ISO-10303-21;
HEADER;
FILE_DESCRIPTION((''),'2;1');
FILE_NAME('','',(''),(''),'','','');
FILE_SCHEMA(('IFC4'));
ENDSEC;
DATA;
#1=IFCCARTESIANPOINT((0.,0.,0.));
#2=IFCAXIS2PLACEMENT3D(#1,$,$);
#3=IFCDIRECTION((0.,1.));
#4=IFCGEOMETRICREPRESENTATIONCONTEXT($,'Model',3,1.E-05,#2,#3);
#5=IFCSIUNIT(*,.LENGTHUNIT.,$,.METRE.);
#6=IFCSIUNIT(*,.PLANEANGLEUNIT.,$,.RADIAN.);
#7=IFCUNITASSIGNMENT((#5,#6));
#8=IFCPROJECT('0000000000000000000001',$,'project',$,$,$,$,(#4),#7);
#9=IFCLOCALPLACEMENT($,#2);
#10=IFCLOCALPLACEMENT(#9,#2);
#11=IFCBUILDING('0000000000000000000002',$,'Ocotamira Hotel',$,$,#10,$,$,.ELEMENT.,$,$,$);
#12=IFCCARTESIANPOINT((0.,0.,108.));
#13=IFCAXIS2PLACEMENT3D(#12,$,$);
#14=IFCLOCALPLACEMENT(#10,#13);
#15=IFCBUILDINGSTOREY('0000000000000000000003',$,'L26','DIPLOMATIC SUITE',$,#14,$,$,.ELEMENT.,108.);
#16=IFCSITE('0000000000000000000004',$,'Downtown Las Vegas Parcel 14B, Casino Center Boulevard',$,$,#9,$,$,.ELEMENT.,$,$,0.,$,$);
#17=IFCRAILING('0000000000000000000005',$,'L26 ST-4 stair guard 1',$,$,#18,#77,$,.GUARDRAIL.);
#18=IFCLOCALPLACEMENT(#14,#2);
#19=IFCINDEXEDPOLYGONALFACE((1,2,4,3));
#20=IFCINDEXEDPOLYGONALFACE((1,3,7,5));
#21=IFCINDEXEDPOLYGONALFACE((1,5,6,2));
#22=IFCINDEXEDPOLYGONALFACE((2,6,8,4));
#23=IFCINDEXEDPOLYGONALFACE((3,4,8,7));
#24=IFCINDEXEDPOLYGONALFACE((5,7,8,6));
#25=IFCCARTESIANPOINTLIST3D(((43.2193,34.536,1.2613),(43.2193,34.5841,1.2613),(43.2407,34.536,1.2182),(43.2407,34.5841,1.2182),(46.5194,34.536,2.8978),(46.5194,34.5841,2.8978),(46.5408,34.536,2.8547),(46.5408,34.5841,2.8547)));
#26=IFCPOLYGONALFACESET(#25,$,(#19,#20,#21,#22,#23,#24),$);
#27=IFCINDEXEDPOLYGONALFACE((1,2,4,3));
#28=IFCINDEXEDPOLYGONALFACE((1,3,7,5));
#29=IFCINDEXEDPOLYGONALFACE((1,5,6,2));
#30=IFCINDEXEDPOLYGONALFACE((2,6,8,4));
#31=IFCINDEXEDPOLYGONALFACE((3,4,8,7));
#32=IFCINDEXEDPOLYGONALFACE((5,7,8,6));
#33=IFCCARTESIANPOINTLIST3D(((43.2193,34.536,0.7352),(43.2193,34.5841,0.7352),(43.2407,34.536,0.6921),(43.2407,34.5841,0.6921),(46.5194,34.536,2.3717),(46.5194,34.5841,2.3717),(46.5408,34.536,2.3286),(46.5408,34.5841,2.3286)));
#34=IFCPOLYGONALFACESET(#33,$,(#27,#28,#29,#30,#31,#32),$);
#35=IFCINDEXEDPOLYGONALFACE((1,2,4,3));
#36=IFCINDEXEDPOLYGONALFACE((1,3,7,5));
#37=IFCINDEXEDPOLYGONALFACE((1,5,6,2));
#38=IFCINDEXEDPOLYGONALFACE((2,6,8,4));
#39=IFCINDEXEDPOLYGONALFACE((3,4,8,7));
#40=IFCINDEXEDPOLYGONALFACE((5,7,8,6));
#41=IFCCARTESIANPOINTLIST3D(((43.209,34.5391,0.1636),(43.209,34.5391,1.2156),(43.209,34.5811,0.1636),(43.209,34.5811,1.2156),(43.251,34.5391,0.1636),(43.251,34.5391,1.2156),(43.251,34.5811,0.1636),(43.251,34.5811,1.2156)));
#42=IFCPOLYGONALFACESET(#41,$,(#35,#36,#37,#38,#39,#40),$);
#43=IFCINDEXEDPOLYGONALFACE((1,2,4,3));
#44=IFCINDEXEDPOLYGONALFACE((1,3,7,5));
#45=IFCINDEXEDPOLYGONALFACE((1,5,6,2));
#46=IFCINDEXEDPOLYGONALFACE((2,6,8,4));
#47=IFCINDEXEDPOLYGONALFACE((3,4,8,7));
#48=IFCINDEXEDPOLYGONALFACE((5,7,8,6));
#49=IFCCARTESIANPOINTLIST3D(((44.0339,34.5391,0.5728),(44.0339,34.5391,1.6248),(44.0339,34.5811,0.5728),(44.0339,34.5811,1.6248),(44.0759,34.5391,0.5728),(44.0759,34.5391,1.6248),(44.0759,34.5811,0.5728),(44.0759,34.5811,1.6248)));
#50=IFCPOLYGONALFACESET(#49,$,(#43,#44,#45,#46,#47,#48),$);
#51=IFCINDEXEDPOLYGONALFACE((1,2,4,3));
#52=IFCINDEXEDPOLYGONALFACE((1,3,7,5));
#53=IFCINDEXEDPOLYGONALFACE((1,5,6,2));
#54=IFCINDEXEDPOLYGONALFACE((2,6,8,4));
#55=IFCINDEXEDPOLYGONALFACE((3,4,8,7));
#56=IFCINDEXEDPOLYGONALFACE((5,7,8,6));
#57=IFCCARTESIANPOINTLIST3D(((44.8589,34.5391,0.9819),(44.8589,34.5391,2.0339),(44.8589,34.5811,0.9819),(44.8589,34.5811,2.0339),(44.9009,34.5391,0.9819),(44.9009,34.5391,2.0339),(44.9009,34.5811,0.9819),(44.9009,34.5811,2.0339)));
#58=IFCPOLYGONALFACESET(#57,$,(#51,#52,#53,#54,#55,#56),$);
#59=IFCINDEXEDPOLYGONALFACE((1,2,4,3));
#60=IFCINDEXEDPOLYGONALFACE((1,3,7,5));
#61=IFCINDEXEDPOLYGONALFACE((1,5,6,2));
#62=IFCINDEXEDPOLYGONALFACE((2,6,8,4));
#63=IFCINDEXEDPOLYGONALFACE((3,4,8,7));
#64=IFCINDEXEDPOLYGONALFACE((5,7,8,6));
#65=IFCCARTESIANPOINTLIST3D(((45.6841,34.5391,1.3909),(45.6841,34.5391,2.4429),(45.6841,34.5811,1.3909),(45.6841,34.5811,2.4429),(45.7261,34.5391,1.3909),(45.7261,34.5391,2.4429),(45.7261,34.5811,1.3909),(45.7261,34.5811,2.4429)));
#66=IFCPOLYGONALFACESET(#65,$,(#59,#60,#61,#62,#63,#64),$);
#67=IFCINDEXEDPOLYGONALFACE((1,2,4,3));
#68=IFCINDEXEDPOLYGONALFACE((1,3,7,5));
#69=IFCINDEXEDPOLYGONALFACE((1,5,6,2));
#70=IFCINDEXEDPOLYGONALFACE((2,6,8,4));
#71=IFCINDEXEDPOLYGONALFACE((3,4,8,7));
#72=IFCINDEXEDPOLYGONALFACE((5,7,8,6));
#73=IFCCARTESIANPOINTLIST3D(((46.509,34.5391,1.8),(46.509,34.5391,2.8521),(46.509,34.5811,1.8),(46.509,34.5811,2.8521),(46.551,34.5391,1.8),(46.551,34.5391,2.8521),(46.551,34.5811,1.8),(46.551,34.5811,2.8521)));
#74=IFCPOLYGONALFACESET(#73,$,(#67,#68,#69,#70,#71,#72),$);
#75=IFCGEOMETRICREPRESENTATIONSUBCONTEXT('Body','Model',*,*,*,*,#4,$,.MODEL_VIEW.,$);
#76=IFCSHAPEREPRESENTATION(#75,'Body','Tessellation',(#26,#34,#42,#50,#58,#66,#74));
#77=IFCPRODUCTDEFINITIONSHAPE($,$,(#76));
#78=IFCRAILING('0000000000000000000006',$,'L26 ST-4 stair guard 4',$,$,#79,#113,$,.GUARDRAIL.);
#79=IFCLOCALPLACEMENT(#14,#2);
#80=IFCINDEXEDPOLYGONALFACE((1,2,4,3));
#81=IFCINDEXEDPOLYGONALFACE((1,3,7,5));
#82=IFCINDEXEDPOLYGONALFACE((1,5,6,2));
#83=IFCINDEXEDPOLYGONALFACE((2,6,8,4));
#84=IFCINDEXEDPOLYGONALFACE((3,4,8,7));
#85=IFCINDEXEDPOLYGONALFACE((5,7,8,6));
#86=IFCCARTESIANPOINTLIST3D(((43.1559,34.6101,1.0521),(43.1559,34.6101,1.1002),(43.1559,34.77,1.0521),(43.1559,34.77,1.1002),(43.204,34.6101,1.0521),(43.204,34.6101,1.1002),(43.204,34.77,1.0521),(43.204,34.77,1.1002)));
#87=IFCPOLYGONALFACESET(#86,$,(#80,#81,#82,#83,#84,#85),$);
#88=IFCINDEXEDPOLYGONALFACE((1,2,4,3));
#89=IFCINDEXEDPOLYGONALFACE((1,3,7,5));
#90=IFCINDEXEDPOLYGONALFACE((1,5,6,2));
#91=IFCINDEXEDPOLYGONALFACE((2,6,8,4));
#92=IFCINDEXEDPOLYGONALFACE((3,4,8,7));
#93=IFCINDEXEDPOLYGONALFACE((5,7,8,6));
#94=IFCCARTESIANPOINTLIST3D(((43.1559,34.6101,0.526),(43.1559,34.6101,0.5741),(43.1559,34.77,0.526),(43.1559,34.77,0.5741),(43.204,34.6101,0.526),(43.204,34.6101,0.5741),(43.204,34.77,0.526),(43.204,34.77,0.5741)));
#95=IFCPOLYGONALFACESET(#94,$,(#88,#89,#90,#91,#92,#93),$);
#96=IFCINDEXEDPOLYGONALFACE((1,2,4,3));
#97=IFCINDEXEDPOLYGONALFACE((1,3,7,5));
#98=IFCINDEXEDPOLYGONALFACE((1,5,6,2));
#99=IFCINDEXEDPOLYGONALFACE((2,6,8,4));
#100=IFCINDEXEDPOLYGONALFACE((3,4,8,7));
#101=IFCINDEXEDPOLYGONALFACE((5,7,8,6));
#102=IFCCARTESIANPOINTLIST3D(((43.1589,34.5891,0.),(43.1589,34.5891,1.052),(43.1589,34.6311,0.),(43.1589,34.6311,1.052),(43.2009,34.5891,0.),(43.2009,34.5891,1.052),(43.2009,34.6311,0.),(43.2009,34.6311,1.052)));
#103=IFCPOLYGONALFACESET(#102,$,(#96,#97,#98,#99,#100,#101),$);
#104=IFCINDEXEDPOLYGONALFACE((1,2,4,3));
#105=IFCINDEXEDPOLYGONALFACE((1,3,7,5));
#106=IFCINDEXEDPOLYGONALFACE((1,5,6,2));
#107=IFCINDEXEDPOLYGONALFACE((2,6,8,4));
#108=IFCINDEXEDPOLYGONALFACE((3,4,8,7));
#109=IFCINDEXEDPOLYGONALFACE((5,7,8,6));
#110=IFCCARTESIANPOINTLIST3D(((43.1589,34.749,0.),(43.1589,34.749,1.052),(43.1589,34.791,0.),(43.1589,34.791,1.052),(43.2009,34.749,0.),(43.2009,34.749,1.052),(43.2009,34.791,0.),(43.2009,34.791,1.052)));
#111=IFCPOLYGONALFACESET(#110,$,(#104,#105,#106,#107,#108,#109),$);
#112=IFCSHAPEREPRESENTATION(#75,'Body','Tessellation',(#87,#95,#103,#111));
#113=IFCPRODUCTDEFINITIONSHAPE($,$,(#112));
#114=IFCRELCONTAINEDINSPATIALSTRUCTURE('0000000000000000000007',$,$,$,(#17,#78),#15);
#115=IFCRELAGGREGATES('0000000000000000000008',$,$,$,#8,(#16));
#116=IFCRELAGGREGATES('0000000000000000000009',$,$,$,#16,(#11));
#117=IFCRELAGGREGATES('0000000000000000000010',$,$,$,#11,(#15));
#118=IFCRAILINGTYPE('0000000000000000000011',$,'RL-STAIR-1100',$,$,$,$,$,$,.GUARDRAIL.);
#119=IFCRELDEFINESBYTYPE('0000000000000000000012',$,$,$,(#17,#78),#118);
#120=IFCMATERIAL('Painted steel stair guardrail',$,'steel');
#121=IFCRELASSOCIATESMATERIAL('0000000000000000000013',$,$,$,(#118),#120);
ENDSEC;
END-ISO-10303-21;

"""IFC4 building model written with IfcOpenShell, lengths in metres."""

from ifc_helpers import new_model, si_unit, direction, frame, origin, origin_2d, place, context, subcontext, project, spatial, rectangle, extrude, material, type_object, element, save


model = new_model("IFC4")

# Units and contexts
model_context = context("Model", 3, precision=1e-05, world=origin(), true_north=direction((0.0, 1.0)))
body_context = subcontext(model_context, "Body", "Model", "MODEL_VIEW")
ifc_project = project(units=[si_unit("LENGTHUNIT", "METRE"), si_unit("PLANEANGLEUNIT", "RADIAN")], contexts=[model_context])

# Site, building, storey
site_placement = place(None, origin())
site = spatial("IfcSite", under=ifc_project, at=site_placement, Name="Downtown Las Vegas Parcel 14B, Casino Center Boulevard", CompositionType="ELEMENT", RefElevation=0.0)
building_placement = place(site_placement, origin())
building = spatial("IfcBuilding", under=site, at=building_placement, Name="Ocotamira Hotel", CompositionType="ELEMENT")
storey_placement = place(building_placement, frame((0.0, 0.0, 108.0)))
storey = spatial("IfcBuildingStorey", under=building, at=storey_placement, Name="L26", Description="DIPLOMATIC SUITE", CompositionType="ELEMENT", Elevation=108.0)

# Railings
ifc_material_1 = material(Name="Painted steel stair guardrail", Category="steel")
railing_type_1 = type_object("IfcRailingType", Name="RL-STAIR-1100", PredefinedType="GUARDRAIL", material=ifc_material_1)
railing_1_placement = place(storey_placement, frame((43.23, 34.5601, 0.1636)))
element("IfcRailing", 1, at=railing_1_placement, inside=storey, type_object=railing_type_1, Name="L26 ST-4 stair guard 1", PredefinedType="GUARDRAIL", context=body_context, shape_type="SweptSolid", body=[
    extrude(rectangle(XDim=0.0481, YDim=0.0481, at=origin_2d()), frame((0.0, 0.0, 1.0762), z_axis=(0.895894, 0.0, 0.444268), x_axis=(0.0, 1.0, 0.0)), (0.0, 0.0, 1.0), 3.6836),
    extrude(rectangle(XDim=0.0481, YDim=0.0481, at=origin_2d()), frame((0.0, 0.0, 0.55), z_axis=(0.895894, 0.0, 0.444268), x_axis=(0.0, 1.0, 0.0)), (0.0, 0.0, 1.0), 3.6836),
    extrude(rectangle(XDim=0.042, YDim=0.042, at=origin_2d()), origin(), (0.0, 0.0, 1.0), 1.052),
    extrude(rectangle(XDim=0.042, YDim=0.042, at=origin_2d()), frame((0.825, 0.0, 0.4092)), (0.0, 0.0, 1.0), 1.052),
    extrude(rectangle(XDim=0.042, YDim=0.042, at=origin_2d()), frame((1.6499, 0.0, 0.8184)), (0.0, 0.0, 1.0), 1.052),
    extrude(rectangle(XDim=0.042, YDim=0.042, at=origin_2d()), frame((2.4751, 0.0, 1.2273)), (0.0, 0.0, 1.0), 1.052),
    extrude(rectangle(XDim=0.042, YDim=0.042, at=origin_2d()), frame((3.3, 0.0, 1.6365)), (0.0, 0.0, 1.0), 1.052),
])
railing_2_placement = place(storey_placement, frame((43.1799, 34.6101, 0.0)))
element("IfcRailing", 2, at=railing_2_placement, inside=storey, type_object=railing_type_1, Name="L26 ST-4 stair guard 4", PredefinedType="GUARDRAIL", context=body_context, shape_type="SweptSolid", body=[
    extrude(rectangle(XDim=0.0481, YDim=0.0481, at=origin_2d()), frame((0.0, 0.0, 1.0762), z_axis=(0.0, 1.0, 0.0), x_axis=(-1.0, 0.0, 0.0)), (0.0, 0.0, 1.0), 0.1599),
    extrude(rectangle(XDim=0.0481, YDim=0.0481, at=origin_2d()), frame((0.0, 0.0, 0.55), z_axis=(0.0, 1.0, 0.0), x_axis=(-1.0, 0.0, 0.0)), (0.0, 0.0, 1.0), 0.1599),
    extrude(rectangle(XDim=0.042, YDim=0.042, at=origin_2d()), origin(), (0.0, 0.0, 1.0), 1.052),
    extrude(rectangle(XDim=0.042, YDim=0.042, at=origin_2d()), frame((0.0, 0.1599, 0.0)), (0.0, 0.0, 1.0), 1.052),
])

save(model, "model.ifc")
